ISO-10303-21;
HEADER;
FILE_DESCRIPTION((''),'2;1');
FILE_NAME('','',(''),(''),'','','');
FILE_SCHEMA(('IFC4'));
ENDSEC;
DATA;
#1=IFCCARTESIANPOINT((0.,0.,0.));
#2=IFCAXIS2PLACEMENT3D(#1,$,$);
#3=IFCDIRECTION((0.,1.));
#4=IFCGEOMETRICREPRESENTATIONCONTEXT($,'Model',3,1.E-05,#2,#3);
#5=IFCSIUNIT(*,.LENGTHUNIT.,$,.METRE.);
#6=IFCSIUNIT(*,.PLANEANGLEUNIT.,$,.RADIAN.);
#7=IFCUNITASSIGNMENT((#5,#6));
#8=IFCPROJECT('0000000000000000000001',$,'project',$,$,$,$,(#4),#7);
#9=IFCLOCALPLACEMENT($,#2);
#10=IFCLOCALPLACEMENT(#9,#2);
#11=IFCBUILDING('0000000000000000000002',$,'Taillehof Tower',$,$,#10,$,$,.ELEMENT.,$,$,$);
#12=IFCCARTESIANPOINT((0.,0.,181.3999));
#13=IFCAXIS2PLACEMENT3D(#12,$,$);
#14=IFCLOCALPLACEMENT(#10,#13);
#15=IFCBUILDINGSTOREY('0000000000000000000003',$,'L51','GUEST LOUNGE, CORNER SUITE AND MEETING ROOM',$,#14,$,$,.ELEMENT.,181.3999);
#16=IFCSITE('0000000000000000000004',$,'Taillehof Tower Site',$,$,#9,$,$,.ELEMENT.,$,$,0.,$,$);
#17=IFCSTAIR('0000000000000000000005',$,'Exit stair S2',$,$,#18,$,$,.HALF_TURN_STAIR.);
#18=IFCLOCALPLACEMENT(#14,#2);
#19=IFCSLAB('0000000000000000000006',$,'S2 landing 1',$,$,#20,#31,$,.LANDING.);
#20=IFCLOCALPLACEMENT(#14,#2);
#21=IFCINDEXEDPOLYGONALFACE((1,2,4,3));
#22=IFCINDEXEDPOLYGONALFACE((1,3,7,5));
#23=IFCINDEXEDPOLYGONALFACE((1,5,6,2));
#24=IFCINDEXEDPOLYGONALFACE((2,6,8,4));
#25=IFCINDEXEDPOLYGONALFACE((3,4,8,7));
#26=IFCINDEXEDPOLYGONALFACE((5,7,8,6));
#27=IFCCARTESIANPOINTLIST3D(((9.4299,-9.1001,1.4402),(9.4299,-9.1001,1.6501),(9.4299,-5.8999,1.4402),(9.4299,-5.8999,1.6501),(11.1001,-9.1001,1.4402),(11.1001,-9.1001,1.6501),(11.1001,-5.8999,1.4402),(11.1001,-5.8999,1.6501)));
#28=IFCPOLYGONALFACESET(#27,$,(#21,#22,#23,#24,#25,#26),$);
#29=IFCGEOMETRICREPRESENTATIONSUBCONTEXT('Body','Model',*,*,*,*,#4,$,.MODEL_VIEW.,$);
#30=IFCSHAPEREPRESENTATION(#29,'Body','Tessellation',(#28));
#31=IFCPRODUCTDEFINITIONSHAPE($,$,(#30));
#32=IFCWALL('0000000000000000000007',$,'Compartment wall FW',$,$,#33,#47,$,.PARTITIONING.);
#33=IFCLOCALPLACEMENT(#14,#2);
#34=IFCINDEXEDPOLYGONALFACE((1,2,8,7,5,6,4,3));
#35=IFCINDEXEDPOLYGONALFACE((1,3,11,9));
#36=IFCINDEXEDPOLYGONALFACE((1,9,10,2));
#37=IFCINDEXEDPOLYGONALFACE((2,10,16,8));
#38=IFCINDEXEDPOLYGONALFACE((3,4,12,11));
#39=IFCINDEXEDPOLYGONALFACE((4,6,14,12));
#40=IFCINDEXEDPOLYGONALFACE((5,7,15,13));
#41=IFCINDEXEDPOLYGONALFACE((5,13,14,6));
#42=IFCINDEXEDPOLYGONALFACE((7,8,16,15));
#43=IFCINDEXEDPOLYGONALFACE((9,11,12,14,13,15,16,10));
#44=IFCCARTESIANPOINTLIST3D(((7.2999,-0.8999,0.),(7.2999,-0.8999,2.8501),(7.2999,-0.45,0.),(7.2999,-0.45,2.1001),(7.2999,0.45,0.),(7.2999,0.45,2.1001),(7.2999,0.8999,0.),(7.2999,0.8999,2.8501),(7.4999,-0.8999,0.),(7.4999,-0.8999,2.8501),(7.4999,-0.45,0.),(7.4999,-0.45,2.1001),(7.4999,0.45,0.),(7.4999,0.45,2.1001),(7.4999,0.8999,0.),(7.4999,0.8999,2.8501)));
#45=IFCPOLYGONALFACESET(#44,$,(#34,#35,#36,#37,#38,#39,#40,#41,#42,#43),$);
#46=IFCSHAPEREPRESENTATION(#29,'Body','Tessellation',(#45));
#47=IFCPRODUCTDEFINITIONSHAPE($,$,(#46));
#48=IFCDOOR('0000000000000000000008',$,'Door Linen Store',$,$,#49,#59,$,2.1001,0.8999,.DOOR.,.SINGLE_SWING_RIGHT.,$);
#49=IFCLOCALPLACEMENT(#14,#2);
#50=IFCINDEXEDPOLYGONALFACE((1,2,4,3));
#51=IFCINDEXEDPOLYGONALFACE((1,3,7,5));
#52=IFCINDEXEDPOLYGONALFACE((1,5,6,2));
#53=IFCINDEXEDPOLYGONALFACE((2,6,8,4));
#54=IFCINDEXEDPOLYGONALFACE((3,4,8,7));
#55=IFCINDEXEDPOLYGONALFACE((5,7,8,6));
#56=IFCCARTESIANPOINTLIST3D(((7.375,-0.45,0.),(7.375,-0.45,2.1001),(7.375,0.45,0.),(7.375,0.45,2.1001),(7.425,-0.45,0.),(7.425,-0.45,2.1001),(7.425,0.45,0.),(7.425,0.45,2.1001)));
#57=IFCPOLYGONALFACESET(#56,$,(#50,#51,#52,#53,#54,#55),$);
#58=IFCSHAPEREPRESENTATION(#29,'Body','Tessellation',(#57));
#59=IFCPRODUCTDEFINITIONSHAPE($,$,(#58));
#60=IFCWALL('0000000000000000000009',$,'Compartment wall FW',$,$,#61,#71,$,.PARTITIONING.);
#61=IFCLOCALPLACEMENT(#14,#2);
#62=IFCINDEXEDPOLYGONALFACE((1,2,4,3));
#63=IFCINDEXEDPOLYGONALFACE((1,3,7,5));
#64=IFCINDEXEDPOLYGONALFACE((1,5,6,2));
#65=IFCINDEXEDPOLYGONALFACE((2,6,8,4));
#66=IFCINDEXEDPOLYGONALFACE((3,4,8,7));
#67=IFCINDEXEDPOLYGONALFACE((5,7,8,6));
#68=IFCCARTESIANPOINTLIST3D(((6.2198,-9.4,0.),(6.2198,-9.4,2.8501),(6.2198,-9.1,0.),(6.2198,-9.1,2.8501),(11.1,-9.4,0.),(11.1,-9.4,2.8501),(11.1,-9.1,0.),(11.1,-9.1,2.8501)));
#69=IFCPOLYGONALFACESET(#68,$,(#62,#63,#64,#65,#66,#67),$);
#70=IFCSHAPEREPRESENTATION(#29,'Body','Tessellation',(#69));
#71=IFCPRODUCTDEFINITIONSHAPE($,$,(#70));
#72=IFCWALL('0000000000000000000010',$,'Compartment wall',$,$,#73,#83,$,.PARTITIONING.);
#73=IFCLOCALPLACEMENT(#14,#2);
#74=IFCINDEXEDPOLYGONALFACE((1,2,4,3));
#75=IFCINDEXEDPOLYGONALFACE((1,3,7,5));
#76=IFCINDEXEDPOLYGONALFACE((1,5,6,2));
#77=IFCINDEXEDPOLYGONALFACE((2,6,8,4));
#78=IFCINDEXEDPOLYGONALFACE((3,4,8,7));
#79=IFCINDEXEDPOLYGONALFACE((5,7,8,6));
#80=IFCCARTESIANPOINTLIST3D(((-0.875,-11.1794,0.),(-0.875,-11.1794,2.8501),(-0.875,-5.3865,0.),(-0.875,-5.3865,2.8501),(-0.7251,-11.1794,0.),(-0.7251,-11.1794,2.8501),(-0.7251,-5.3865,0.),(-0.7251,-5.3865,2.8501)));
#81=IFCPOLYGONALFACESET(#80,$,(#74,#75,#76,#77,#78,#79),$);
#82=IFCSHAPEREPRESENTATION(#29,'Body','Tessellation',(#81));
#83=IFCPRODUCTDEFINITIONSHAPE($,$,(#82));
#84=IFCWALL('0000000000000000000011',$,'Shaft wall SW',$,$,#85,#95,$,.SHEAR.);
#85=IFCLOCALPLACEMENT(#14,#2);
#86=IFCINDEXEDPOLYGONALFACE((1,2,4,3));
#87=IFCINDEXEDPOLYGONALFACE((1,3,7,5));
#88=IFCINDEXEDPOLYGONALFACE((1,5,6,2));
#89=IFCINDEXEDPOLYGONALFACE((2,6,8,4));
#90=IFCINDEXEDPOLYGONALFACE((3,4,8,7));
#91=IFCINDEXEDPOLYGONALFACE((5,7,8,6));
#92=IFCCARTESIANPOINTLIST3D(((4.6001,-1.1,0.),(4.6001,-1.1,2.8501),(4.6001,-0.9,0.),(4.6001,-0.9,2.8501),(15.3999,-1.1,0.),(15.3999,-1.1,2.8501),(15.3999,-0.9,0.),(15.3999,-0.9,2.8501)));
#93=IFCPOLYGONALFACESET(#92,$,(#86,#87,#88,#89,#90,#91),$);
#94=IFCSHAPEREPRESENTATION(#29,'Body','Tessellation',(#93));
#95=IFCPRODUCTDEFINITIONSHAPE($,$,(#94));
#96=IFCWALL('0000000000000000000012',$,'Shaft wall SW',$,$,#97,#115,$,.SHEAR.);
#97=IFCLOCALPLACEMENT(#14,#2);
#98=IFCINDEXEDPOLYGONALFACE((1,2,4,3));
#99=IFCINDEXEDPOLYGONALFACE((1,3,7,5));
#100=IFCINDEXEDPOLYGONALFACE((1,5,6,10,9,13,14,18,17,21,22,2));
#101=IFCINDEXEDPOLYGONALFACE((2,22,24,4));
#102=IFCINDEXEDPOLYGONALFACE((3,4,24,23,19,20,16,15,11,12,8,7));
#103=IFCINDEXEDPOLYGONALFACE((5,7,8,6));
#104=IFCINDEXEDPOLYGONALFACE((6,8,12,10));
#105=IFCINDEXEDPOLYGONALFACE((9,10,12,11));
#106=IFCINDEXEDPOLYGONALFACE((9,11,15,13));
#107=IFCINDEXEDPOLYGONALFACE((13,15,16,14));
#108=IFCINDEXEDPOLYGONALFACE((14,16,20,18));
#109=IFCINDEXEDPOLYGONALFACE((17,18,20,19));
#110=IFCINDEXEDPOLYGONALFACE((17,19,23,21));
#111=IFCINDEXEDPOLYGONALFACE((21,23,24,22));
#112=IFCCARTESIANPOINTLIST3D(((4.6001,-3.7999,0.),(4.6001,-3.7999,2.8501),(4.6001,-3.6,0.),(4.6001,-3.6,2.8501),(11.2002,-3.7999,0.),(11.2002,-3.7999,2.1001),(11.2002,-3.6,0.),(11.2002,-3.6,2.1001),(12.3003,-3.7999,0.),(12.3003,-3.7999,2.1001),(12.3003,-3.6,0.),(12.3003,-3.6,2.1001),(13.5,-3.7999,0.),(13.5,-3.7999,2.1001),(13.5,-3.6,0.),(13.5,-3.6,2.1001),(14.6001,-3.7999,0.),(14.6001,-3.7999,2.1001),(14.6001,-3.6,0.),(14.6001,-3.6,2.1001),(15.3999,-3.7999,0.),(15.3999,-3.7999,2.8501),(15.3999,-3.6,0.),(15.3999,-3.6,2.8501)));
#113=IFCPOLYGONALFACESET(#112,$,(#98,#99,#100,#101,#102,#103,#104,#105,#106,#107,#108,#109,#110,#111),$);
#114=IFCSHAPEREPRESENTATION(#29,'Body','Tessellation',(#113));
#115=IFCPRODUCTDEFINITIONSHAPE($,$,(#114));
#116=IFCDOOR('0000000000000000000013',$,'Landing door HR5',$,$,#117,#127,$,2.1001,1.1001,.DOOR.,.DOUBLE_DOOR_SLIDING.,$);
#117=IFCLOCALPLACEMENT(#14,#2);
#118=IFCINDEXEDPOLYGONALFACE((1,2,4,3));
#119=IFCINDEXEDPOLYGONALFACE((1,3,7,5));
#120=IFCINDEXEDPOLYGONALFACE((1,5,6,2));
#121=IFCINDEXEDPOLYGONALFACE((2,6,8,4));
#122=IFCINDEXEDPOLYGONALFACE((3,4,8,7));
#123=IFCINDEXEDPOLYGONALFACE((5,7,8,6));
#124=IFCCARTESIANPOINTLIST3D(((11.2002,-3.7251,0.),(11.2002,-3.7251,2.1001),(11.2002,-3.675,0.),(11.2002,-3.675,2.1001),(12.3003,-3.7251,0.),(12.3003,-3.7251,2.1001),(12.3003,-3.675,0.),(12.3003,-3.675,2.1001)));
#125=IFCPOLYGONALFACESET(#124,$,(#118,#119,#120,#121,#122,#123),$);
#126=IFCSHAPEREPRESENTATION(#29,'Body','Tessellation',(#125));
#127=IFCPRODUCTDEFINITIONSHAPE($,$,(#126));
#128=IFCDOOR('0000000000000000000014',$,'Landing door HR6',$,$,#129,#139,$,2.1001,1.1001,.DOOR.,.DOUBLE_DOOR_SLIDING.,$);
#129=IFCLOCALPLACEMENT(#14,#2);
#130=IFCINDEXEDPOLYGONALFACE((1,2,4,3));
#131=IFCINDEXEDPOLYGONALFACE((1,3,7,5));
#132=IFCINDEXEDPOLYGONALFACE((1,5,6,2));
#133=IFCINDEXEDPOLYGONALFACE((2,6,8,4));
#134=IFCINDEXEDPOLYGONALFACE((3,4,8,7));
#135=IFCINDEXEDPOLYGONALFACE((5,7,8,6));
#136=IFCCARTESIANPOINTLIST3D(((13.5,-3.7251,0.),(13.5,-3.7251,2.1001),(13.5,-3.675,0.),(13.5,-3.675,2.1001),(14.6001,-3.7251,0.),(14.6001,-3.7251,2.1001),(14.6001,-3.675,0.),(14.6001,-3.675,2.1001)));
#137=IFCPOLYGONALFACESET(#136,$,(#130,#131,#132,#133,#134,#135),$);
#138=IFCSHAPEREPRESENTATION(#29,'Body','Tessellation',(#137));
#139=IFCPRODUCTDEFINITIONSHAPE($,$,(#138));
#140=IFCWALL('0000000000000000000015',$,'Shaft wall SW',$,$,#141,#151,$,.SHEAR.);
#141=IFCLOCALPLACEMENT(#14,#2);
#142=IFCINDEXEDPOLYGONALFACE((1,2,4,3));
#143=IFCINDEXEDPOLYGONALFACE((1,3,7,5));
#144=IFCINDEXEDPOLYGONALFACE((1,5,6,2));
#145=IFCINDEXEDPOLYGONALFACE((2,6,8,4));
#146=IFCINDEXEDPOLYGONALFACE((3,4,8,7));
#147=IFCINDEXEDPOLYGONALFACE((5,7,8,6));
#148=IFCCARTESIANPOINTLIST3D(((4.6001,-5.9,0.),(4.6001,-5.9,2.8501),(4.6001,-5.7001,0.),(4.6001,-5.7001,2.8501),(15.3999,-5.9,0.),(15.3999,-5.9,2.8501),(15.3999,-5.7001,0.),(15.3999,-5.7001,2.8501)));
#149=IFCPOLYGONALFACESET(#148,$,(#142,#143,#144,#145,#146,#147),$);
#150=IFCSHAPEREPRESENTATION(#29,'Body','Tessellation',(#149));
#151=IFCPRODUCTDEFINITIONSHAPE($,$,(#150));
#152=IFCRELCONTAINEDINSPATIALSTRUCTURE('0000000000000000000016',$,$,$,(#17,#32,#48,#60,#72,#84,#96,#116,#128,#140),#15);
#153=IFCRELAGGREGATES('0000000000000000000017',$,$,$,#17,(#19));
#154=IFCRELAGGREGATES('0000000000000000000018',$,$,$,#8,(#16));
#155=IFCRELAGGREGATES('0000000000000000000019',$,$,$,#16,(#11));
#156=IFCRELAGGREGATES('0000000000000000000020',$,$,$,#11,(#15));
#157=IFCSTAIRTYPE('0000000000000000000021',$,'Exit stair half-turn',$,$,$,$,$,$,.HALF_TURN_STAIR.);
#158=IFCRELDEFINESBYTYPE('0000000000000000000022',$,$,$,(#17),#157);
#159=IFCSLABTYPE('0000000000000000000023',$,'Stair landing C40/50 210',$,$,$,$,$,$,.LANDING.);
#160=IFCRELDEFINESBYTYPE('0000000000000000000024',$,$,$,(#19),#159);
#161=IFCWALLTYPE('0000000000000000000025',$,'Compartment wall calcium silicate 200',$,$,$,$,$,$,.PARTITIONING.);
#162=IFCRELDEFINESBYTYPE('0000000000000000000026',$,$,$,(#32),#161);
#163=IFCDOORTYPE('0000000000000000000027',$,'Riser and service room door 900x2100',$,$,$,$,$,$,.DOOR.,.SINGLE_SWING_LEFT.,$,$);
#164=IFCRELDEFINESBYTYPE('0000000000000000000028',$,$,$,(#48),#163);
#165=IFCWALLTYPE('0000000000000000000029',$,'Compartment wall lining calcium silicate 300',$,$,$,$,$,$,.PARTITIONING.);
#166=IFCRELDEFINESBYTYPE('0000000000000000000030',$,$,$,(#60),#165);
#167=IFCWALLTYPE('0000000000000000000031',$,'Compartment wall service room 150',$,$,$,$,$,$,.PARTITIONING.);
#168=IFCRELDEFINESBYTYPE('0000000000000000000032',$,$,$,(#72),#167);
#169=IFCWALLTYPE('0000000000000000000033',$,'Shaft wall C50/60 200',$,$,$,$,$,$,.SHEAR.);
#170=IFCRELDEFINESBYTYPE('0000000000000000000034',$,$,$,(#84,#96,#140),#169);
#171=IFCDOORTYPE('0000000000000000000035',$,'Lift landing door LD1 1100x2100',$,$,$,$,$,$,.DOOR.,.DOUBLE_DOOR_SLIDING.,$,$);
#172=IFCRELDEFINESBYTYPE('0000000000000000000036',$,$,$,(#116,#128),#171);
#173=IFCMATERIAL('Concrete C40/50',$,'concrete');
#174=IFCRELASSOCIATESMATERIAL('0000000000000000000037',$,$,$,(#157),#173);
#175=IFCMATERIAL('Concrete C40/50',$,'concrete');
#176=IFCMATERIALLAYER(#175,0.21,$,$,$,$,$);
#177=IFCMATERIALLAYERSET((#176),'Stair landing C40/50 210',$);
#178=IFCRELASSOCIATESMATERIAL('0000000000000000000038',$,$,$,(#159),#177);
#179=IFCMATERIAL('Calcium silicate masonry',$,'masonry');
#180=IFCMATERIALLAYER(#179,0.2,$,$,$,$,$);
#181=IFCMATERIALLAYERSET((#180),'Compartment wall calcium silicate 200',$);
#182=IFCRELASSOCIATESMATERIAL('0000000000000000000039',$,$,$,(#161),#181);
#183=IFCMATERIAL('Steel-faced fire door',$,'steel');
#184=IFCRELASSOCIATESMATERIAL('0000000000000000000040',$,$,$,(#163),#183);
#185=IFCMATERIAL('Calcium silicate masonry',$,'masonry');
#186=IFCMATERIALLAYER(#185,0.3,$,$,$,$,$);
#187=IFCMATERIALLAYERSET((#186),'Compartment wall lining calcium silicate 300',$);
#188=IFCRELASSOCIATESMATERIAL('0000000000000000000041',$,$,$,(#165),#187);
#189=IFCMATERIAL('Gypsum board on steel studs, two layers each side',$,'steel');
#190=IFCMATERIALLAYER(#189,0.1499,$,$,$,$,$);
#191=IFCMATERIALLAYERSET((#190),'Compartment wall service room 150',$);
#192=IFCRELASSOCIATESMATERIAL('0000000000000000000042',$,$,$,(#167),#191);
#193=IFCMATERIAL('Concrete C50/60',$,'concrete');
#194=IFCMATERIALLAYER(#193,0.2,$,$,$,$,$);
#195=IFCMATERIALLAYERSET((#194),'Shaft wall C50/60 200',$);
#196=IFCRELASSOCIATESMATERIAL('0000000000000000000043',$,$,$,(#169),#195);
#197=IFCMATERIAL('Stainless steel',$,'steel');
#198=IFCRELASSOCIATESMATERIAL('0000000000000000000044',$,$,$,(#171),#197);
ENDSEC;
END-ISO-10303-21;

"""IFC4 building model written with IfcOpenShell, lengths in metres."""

from ifc_helpers import new_model, si_unit, direction, frame, frame_2d, origin, place, context, subcontext, project, spatial, polyline, rectangle, outline, extrude, material, layer, layer_set, type_object, element, fill, aggregate, save


model = new_model("IFC4")

# Units and contexts
model_context = context("Model", 3, precision=1e-05, world=origin(), true_north=direction((0.0, 1.0)))
body_context = subcontext(model_context, "Body", "Model", "MODEL_VIEW")
ifc_project = project(units=[si_unit("LENGTHUNIT", "METRE"), si_unit("PLANEANGLEUNIT", "RADIAN")], contexts=[model_context])

# Site, building, storey
site_placement = place(None, origin())
site = spatial("IfcSite", under=ifc_project, at=site_placement, Name="Taillehof Tower Site", CompositionType="ELEMENT", RefElevation=0.0)
building_placement = place(site_placement, origin())
building = spatial("IfcBuilding", under=site, at=building_placement, Name="Taillehof Tower", CompositionType="ELEMENT")
storey_placement = place(building_placement, frame((0.0, 0.0, 181.3999)))
storey = spatial("IfcBuildingStorey", under=building, at=storey_placement, Name="L51", Description="GUEST LOUNGE, CORNER SUITE AND MEETING ROOM", CompositionType="ELEMENT", Elevation=181.3999)

# Stair, slab
ifc_material_1 = material(Name="Concrete C40/50", Category="concrete")
stair_type = type_object("IfcStairType", Name="Exit stair half-turn", PredefinedType="HALF_TURN_STAIR", material=ifc_material_1)
ifc_material_2 = material(Name="Concrete C40/50", Category="concrete")
ifc_layer_1 = layer(ifc_material_2, 0.21)
ifc_layer_set_1 = layer_set([ifc_layer_1], Name="Stair landing C40/50 210")
slab_type_1 = type_object("IfcSlabType", Name="Stair landing C40/50 210", PredefinedType="LANDING", material=ifc_layer_set_1)
stair_1_placement = place(storey_placement, origin())
stair_1 = element("IfcStair", 1, at=stair_1_placement, inside=storey, type_object=stair_type, Name="Exit stair S2", PredefinedType="HALF_TURN_STAIR")
slab_1_placement = place(storey_placement, frame((0.0, 0.0, 1.4402)))
slab_1 = element("IfcSlab", 2, at=slab_1_placement, type_object=slab_type_1, Name="S2 landing 1", PredefinedType="LANDING", context=body_context, shape_type="SweptSolid", body=[
    extrude(outline(polyline([(9.4299, -5.8999), (11.1001, -5.8999), (11.1001, -9.1001), (9.4299, -9.1001), (9.4299, -5.8999)])), origin(), (0.0, 0.0, 1.0), 0.21),
])

# Wall, opening, door
ifc_material_3 = material(Name="Calcium silicate masonry", Category="masonry")
ifc_layer_2 = layer(ifc_material_3, 0.2)
ifc_layer_set_2 = layer_set([ifc_layer_2], Name="Compartment wall calcium silicate 200")
wall_type_1 = type_object("IfcWallType", Name="Compartment wall calcium silicate 200", PredefinedType="PARTITIONING", material=ifc_layer_set_2)
wall_1_placement = place(storey_placement, frame((7.3999, -0.8999, 0.0), z_axis=(0.0, 0.0, 1.0), x_axis=(0.0, 1.0, 0.0)))
wall_1 = element("IfcWall", 3, at=wall_1_placement, inside=storey, type_object=wall_type_1, Name="Compartment wall FW", PredefinedType="PARTITIONING", context=body_context, shape_type="SweptSolid", body=[
    extrude(rectangle(XDim=1.7998, YDim=0.2, at=frame_2d((0.8999, 0.0))), origin(), (0.0, 0.0, 1.0), 2.8501),
])
opening_1_placement = place(wall_1_placement, frame((0.45, 0.0, 0.0)))
opening_1 = element("IfcOpeningElement", 4, at=opening_1_placement, cuts=wall_1, PredefinedType="OPENING", context=body_context, shape_type="SweptSolid", body=[
    extrude(rectangle(XDim=0.8999, YDim=2.1001, at=frame_2d((0.45, 1.05))), frame((0.0, 0.1099, 0.0), z_axis=(0.0, -1.0, 0.0), x_axis=(1.0, 0.0, 0.0)), (0.0, 0.0, 1.0), 0.22),
])
ifc_material_4 = material(Name="Steel-faced fire door", Category="steel")
door_type_1 = type_object("IfcDoorType", Name="Riser and service room door 900x2100", OperationType="SINGLE_SWING_LEFT", PredefinedType="DOOR", material=ifc_material_4)
door_1_placement = place(opening_1_placement, origin())
door_1 = element("IfcDoor", 5, at=door_1_placement, inside=storey, type_object=door_type_1, Name="Door Linen Store", OperationType="SINGLE_SWING_RIGHT", OverallHeight=2.1001, OverallWidth=0.8999, PredefinedType="DOOR", context=body_context, shape_type="SweptSolid", body=[
    extrude(rectangle(XDim=0.8999, YDim=2.1001, at=frame_2d((0.45, 1.05))), frame((0.0, 0.0249, 0.0), z_axis=(0.0, -1.0, 0.0), x_axis=(1.0, 0.0, 0.0)), (0.0, 0.0, 1.0), 0.05),
])
fill(opening_1, door_1)

# Walls
ifc_material_5 = material(Name="Calcium silicate masonry", Category="masonry")
ifc_layer_3 = layer(ifc_material_5, 0.3)
ifc_layer_set_3 = layer_set([ifc_layer_3], Name="Compartment wall lining calcium silicate 300")
wall_type_2 = type_object("IfcWallType", Name="Compartment wall lining calcium silicate 300", PredefinedType="PARTITIONING", material=ifc_layer_set_3)
wall_2_placement = place(storey_placement, frame((6.22, -9.25, 0.0), z_axis=(0.0, 0.0, 1.0), x_axis=(1.0, 0.0, 0.0)))
element("IfcWall", 6, at=wall_2_placement, inside=storey, type_object=wall_type_2, Name="Compartment wall FW", PredefinedType="PARTITIONING", context=body_context, shape_type="SweptSolid", body=[
    extrude(rectangle(XDim=4.8801, YDim=0.3, at=frame_2d((2.4399, 0.0))), origin(), (0.0, 0.0, 1.0), 2.8501),
])
ifc_material_6 = material(Name="Gypsum board on steel studs, two layers each side", Category="steel")
ifc_layer_4 = layer(ifc_material_6, 0.1499)
ifc_layer_set_4 = layer_set([ifc_layer_4], Name="Compartment wall service room 150")
wall_type_3 = type_object("IfcWallType", Name="Compartment wall service room 150", PredefinedType="PARTITIONING", material=ifc_layer_set_4)
wall_3_placement = place(storey_placement, frame((-0.8, -5.3865, 0.0), z_axis=(0.0, 0.0, 1.0), x_axis=(0.0, -1.0, 0.0)))
element("IfcWall", 7, at=wall_3_placement, inside=storey, type_object=wall_type_3, Name="Compartment wall", PredefinedType="PARTITIONING", context=body_context, shape_type="SweptSolid", body=[
    extrude(rectangle(XDim=5.793, YDim=0.1499, at=frame_2d((2.8965, 0.0))), origin(), (0.0, 0.0, 1.0), 2.8501),
])
ifc_material_7 = material(Name="Concrete C50/60", Category="concrete")
ifc_layer_5 = layer(ifc_material_7, 0.2)
ifc_layer_set_5 = layer_set([ifc_layer_5], Name="Shaft wall C50/60 200")
wall_type_4 = type_object("IfcWallType", Name="Shaft wall C50/60 200", PredefinedType="SHEAR", material=ifc_layer_set_5)
wall_4_placement = place(storey_placement, frame((4.6001, -1.0, 0.0), z_axis=(0.0, 0.0, 1.0), x_axis=(1.0, 0.0, 0.0)))
element("IfcWall", 8, at=wall_4_placement, inside=storey, type_object=wall_type_4, Name="Shaft wall SW", PredefinedType="SHEAR", context=body_context, shape_type="SweptSolid", body=[
    extrude(rectangle(XDim=10.7998, YDim=0.2, at=frame_2d((5.3999, 0.0))), origin(), (0.0, 0.0, 1.0), 2.8501),
])

# Wall, openings, doors
wall_5_placement = place(storey_placement, frame((4.6001, -3.7, 0.0), z_axis=(0.0, 0.0, 1.0), x_axis=(1.0, 0.0, 0.0)))
wall_5 = element("IfcWall", 9, at=wall_5_placement, inside=storey, type_object=wall_type_4, Name="Shaft wall SW", PredefinedType="SHEAR", context=body_context, shape_type="SweptSolid", body=[
    extrude(rectangle(XDim=10.7998, YDim=0.2, at=frame_2d((5.3999, 0.0))), origin(), (0.0, 0.0, 1.0), 2.8501),
])
opening_2_placement = place(wall_5_placement, frame((6.6001, 0.0, 0.0)))
opening_2 = element("IfcOpeningElement", 10, at=opening_2_placement, cuts=wall_5, PredefinedType="OPENING", context=body_context, shape_type="SweptSolid", body=[
    extrude(rectangle(XDim=1.1001, YDim=2.1001, at=frame_2d((0.55, 1.05))), frame((0.0, 0.1099, 0.0), z_axis=(0.0, -1.0, 0.0), x_axis=(1.0, 0.0, 0.0)), (0.0, 0.0, 1.0), 0.22),
])
opening_3_placement = place(wall_5_placement, frame((8.8999, 0.0, 0.0)))
opening_3 = element("IfcOpeningElement", 11, at=opening_3_placement, cuts=wall_5, PredefinedType="OPENING", context=body_context, shape_type="SweptSolid", body=[
    extrude(rectangle(XDim=1.1001, YDim=2.1001, at=frame_2d((0.55, 1.05))), frame((0.0, 0.1099, 0.0), z_axis=(0.0, -1.0, 0.0), x_axis=(1.0, 0.0, 0.0)), (0.0, 0.0, 1.0), 0.22),
])
ifc_material_8 = material(Name="Stainless steel", Category="steel")
door_type_2 = type_object("IfcDoorType", Name="Lift landing door LD1 1100x2100", OperationType="DOUBLE_DOOR_SLIDING", PredefinedType="DOOR", material=ifc_material_8)
door_2_placement = place(opening_2_placement, origin())
door_2 = element("IfcDoor", 12, at=door_2_placement, inside=storey, type_object=door_type_2, Name="Landing door HR5", OperationType="DOUBLE_DOOR_SLIDING", OverallHeight=2.1001, OverallWidth=1.1001, PredefinedType="DOOR", context=body_context, shape_type="SweptSolid", body=[
    extrude(rectangle(XDim=1.1001, YDim=2.1001, at=frame_2d((0.55, 1.05))), frame((0.0, 0.0249, 0.0), z_axis=(0.0, -1.0, 0.0), x_axis=(1.0, 0.0, 0.0)), (0.0, 0.0, 1.0), 0.05),
])
fill(opening_2, door_2)
door_3_placement = place(opening_3_placement, origin())
door_3 = element("IfcDoor", 13, at=door_3_placement, inside=storey, type_object=door_type_2, Name="Landing door HR6", OperationType="DOUBLE_DOOR_SLIDING", OverallHeight=2.1001, OverallWidth=1.1001, PredefinedType="DOOR", context=body_context, shape_type="SweptSolid", body=[
    extrude(rectangle(XDim=1.1001, YDim=2.1001, at=frame_2d((0.55, 1.05))), frame((0.0, 0.0249, 0.0), z_axis=(0.0, -1.0, 0.0), x_axis=(1.0, 0.0, 0.0)), (0.0, 0.0, 1.0), 0.05),
])
fill(opening_3, door_3)

# Wall
wall_6_placement = place(storey_placement, frame((4.6001, -5.8, 0.0), z_axis=(0.0, 0.0, 1.0), x_axis=(1.0, 0.0, 0.0)))
element("IfcWall", 14, at=wall_6_placement, inside=storey, type_object=wall_type_4, Name="Shaft wall SW", PredefinedType="SHEAR", context=body_context, shape_type="SweptSolid", body=[
    extrude(rectangle(XDim=10.7998, YDim=0.2, at=frame_2d((5.3999, 0.0))), origin(), (0.0, 0.0, 1.0), 2.8501),
])

aggregate(stair_1, [slab_1])

save(model, "model.ifc")
